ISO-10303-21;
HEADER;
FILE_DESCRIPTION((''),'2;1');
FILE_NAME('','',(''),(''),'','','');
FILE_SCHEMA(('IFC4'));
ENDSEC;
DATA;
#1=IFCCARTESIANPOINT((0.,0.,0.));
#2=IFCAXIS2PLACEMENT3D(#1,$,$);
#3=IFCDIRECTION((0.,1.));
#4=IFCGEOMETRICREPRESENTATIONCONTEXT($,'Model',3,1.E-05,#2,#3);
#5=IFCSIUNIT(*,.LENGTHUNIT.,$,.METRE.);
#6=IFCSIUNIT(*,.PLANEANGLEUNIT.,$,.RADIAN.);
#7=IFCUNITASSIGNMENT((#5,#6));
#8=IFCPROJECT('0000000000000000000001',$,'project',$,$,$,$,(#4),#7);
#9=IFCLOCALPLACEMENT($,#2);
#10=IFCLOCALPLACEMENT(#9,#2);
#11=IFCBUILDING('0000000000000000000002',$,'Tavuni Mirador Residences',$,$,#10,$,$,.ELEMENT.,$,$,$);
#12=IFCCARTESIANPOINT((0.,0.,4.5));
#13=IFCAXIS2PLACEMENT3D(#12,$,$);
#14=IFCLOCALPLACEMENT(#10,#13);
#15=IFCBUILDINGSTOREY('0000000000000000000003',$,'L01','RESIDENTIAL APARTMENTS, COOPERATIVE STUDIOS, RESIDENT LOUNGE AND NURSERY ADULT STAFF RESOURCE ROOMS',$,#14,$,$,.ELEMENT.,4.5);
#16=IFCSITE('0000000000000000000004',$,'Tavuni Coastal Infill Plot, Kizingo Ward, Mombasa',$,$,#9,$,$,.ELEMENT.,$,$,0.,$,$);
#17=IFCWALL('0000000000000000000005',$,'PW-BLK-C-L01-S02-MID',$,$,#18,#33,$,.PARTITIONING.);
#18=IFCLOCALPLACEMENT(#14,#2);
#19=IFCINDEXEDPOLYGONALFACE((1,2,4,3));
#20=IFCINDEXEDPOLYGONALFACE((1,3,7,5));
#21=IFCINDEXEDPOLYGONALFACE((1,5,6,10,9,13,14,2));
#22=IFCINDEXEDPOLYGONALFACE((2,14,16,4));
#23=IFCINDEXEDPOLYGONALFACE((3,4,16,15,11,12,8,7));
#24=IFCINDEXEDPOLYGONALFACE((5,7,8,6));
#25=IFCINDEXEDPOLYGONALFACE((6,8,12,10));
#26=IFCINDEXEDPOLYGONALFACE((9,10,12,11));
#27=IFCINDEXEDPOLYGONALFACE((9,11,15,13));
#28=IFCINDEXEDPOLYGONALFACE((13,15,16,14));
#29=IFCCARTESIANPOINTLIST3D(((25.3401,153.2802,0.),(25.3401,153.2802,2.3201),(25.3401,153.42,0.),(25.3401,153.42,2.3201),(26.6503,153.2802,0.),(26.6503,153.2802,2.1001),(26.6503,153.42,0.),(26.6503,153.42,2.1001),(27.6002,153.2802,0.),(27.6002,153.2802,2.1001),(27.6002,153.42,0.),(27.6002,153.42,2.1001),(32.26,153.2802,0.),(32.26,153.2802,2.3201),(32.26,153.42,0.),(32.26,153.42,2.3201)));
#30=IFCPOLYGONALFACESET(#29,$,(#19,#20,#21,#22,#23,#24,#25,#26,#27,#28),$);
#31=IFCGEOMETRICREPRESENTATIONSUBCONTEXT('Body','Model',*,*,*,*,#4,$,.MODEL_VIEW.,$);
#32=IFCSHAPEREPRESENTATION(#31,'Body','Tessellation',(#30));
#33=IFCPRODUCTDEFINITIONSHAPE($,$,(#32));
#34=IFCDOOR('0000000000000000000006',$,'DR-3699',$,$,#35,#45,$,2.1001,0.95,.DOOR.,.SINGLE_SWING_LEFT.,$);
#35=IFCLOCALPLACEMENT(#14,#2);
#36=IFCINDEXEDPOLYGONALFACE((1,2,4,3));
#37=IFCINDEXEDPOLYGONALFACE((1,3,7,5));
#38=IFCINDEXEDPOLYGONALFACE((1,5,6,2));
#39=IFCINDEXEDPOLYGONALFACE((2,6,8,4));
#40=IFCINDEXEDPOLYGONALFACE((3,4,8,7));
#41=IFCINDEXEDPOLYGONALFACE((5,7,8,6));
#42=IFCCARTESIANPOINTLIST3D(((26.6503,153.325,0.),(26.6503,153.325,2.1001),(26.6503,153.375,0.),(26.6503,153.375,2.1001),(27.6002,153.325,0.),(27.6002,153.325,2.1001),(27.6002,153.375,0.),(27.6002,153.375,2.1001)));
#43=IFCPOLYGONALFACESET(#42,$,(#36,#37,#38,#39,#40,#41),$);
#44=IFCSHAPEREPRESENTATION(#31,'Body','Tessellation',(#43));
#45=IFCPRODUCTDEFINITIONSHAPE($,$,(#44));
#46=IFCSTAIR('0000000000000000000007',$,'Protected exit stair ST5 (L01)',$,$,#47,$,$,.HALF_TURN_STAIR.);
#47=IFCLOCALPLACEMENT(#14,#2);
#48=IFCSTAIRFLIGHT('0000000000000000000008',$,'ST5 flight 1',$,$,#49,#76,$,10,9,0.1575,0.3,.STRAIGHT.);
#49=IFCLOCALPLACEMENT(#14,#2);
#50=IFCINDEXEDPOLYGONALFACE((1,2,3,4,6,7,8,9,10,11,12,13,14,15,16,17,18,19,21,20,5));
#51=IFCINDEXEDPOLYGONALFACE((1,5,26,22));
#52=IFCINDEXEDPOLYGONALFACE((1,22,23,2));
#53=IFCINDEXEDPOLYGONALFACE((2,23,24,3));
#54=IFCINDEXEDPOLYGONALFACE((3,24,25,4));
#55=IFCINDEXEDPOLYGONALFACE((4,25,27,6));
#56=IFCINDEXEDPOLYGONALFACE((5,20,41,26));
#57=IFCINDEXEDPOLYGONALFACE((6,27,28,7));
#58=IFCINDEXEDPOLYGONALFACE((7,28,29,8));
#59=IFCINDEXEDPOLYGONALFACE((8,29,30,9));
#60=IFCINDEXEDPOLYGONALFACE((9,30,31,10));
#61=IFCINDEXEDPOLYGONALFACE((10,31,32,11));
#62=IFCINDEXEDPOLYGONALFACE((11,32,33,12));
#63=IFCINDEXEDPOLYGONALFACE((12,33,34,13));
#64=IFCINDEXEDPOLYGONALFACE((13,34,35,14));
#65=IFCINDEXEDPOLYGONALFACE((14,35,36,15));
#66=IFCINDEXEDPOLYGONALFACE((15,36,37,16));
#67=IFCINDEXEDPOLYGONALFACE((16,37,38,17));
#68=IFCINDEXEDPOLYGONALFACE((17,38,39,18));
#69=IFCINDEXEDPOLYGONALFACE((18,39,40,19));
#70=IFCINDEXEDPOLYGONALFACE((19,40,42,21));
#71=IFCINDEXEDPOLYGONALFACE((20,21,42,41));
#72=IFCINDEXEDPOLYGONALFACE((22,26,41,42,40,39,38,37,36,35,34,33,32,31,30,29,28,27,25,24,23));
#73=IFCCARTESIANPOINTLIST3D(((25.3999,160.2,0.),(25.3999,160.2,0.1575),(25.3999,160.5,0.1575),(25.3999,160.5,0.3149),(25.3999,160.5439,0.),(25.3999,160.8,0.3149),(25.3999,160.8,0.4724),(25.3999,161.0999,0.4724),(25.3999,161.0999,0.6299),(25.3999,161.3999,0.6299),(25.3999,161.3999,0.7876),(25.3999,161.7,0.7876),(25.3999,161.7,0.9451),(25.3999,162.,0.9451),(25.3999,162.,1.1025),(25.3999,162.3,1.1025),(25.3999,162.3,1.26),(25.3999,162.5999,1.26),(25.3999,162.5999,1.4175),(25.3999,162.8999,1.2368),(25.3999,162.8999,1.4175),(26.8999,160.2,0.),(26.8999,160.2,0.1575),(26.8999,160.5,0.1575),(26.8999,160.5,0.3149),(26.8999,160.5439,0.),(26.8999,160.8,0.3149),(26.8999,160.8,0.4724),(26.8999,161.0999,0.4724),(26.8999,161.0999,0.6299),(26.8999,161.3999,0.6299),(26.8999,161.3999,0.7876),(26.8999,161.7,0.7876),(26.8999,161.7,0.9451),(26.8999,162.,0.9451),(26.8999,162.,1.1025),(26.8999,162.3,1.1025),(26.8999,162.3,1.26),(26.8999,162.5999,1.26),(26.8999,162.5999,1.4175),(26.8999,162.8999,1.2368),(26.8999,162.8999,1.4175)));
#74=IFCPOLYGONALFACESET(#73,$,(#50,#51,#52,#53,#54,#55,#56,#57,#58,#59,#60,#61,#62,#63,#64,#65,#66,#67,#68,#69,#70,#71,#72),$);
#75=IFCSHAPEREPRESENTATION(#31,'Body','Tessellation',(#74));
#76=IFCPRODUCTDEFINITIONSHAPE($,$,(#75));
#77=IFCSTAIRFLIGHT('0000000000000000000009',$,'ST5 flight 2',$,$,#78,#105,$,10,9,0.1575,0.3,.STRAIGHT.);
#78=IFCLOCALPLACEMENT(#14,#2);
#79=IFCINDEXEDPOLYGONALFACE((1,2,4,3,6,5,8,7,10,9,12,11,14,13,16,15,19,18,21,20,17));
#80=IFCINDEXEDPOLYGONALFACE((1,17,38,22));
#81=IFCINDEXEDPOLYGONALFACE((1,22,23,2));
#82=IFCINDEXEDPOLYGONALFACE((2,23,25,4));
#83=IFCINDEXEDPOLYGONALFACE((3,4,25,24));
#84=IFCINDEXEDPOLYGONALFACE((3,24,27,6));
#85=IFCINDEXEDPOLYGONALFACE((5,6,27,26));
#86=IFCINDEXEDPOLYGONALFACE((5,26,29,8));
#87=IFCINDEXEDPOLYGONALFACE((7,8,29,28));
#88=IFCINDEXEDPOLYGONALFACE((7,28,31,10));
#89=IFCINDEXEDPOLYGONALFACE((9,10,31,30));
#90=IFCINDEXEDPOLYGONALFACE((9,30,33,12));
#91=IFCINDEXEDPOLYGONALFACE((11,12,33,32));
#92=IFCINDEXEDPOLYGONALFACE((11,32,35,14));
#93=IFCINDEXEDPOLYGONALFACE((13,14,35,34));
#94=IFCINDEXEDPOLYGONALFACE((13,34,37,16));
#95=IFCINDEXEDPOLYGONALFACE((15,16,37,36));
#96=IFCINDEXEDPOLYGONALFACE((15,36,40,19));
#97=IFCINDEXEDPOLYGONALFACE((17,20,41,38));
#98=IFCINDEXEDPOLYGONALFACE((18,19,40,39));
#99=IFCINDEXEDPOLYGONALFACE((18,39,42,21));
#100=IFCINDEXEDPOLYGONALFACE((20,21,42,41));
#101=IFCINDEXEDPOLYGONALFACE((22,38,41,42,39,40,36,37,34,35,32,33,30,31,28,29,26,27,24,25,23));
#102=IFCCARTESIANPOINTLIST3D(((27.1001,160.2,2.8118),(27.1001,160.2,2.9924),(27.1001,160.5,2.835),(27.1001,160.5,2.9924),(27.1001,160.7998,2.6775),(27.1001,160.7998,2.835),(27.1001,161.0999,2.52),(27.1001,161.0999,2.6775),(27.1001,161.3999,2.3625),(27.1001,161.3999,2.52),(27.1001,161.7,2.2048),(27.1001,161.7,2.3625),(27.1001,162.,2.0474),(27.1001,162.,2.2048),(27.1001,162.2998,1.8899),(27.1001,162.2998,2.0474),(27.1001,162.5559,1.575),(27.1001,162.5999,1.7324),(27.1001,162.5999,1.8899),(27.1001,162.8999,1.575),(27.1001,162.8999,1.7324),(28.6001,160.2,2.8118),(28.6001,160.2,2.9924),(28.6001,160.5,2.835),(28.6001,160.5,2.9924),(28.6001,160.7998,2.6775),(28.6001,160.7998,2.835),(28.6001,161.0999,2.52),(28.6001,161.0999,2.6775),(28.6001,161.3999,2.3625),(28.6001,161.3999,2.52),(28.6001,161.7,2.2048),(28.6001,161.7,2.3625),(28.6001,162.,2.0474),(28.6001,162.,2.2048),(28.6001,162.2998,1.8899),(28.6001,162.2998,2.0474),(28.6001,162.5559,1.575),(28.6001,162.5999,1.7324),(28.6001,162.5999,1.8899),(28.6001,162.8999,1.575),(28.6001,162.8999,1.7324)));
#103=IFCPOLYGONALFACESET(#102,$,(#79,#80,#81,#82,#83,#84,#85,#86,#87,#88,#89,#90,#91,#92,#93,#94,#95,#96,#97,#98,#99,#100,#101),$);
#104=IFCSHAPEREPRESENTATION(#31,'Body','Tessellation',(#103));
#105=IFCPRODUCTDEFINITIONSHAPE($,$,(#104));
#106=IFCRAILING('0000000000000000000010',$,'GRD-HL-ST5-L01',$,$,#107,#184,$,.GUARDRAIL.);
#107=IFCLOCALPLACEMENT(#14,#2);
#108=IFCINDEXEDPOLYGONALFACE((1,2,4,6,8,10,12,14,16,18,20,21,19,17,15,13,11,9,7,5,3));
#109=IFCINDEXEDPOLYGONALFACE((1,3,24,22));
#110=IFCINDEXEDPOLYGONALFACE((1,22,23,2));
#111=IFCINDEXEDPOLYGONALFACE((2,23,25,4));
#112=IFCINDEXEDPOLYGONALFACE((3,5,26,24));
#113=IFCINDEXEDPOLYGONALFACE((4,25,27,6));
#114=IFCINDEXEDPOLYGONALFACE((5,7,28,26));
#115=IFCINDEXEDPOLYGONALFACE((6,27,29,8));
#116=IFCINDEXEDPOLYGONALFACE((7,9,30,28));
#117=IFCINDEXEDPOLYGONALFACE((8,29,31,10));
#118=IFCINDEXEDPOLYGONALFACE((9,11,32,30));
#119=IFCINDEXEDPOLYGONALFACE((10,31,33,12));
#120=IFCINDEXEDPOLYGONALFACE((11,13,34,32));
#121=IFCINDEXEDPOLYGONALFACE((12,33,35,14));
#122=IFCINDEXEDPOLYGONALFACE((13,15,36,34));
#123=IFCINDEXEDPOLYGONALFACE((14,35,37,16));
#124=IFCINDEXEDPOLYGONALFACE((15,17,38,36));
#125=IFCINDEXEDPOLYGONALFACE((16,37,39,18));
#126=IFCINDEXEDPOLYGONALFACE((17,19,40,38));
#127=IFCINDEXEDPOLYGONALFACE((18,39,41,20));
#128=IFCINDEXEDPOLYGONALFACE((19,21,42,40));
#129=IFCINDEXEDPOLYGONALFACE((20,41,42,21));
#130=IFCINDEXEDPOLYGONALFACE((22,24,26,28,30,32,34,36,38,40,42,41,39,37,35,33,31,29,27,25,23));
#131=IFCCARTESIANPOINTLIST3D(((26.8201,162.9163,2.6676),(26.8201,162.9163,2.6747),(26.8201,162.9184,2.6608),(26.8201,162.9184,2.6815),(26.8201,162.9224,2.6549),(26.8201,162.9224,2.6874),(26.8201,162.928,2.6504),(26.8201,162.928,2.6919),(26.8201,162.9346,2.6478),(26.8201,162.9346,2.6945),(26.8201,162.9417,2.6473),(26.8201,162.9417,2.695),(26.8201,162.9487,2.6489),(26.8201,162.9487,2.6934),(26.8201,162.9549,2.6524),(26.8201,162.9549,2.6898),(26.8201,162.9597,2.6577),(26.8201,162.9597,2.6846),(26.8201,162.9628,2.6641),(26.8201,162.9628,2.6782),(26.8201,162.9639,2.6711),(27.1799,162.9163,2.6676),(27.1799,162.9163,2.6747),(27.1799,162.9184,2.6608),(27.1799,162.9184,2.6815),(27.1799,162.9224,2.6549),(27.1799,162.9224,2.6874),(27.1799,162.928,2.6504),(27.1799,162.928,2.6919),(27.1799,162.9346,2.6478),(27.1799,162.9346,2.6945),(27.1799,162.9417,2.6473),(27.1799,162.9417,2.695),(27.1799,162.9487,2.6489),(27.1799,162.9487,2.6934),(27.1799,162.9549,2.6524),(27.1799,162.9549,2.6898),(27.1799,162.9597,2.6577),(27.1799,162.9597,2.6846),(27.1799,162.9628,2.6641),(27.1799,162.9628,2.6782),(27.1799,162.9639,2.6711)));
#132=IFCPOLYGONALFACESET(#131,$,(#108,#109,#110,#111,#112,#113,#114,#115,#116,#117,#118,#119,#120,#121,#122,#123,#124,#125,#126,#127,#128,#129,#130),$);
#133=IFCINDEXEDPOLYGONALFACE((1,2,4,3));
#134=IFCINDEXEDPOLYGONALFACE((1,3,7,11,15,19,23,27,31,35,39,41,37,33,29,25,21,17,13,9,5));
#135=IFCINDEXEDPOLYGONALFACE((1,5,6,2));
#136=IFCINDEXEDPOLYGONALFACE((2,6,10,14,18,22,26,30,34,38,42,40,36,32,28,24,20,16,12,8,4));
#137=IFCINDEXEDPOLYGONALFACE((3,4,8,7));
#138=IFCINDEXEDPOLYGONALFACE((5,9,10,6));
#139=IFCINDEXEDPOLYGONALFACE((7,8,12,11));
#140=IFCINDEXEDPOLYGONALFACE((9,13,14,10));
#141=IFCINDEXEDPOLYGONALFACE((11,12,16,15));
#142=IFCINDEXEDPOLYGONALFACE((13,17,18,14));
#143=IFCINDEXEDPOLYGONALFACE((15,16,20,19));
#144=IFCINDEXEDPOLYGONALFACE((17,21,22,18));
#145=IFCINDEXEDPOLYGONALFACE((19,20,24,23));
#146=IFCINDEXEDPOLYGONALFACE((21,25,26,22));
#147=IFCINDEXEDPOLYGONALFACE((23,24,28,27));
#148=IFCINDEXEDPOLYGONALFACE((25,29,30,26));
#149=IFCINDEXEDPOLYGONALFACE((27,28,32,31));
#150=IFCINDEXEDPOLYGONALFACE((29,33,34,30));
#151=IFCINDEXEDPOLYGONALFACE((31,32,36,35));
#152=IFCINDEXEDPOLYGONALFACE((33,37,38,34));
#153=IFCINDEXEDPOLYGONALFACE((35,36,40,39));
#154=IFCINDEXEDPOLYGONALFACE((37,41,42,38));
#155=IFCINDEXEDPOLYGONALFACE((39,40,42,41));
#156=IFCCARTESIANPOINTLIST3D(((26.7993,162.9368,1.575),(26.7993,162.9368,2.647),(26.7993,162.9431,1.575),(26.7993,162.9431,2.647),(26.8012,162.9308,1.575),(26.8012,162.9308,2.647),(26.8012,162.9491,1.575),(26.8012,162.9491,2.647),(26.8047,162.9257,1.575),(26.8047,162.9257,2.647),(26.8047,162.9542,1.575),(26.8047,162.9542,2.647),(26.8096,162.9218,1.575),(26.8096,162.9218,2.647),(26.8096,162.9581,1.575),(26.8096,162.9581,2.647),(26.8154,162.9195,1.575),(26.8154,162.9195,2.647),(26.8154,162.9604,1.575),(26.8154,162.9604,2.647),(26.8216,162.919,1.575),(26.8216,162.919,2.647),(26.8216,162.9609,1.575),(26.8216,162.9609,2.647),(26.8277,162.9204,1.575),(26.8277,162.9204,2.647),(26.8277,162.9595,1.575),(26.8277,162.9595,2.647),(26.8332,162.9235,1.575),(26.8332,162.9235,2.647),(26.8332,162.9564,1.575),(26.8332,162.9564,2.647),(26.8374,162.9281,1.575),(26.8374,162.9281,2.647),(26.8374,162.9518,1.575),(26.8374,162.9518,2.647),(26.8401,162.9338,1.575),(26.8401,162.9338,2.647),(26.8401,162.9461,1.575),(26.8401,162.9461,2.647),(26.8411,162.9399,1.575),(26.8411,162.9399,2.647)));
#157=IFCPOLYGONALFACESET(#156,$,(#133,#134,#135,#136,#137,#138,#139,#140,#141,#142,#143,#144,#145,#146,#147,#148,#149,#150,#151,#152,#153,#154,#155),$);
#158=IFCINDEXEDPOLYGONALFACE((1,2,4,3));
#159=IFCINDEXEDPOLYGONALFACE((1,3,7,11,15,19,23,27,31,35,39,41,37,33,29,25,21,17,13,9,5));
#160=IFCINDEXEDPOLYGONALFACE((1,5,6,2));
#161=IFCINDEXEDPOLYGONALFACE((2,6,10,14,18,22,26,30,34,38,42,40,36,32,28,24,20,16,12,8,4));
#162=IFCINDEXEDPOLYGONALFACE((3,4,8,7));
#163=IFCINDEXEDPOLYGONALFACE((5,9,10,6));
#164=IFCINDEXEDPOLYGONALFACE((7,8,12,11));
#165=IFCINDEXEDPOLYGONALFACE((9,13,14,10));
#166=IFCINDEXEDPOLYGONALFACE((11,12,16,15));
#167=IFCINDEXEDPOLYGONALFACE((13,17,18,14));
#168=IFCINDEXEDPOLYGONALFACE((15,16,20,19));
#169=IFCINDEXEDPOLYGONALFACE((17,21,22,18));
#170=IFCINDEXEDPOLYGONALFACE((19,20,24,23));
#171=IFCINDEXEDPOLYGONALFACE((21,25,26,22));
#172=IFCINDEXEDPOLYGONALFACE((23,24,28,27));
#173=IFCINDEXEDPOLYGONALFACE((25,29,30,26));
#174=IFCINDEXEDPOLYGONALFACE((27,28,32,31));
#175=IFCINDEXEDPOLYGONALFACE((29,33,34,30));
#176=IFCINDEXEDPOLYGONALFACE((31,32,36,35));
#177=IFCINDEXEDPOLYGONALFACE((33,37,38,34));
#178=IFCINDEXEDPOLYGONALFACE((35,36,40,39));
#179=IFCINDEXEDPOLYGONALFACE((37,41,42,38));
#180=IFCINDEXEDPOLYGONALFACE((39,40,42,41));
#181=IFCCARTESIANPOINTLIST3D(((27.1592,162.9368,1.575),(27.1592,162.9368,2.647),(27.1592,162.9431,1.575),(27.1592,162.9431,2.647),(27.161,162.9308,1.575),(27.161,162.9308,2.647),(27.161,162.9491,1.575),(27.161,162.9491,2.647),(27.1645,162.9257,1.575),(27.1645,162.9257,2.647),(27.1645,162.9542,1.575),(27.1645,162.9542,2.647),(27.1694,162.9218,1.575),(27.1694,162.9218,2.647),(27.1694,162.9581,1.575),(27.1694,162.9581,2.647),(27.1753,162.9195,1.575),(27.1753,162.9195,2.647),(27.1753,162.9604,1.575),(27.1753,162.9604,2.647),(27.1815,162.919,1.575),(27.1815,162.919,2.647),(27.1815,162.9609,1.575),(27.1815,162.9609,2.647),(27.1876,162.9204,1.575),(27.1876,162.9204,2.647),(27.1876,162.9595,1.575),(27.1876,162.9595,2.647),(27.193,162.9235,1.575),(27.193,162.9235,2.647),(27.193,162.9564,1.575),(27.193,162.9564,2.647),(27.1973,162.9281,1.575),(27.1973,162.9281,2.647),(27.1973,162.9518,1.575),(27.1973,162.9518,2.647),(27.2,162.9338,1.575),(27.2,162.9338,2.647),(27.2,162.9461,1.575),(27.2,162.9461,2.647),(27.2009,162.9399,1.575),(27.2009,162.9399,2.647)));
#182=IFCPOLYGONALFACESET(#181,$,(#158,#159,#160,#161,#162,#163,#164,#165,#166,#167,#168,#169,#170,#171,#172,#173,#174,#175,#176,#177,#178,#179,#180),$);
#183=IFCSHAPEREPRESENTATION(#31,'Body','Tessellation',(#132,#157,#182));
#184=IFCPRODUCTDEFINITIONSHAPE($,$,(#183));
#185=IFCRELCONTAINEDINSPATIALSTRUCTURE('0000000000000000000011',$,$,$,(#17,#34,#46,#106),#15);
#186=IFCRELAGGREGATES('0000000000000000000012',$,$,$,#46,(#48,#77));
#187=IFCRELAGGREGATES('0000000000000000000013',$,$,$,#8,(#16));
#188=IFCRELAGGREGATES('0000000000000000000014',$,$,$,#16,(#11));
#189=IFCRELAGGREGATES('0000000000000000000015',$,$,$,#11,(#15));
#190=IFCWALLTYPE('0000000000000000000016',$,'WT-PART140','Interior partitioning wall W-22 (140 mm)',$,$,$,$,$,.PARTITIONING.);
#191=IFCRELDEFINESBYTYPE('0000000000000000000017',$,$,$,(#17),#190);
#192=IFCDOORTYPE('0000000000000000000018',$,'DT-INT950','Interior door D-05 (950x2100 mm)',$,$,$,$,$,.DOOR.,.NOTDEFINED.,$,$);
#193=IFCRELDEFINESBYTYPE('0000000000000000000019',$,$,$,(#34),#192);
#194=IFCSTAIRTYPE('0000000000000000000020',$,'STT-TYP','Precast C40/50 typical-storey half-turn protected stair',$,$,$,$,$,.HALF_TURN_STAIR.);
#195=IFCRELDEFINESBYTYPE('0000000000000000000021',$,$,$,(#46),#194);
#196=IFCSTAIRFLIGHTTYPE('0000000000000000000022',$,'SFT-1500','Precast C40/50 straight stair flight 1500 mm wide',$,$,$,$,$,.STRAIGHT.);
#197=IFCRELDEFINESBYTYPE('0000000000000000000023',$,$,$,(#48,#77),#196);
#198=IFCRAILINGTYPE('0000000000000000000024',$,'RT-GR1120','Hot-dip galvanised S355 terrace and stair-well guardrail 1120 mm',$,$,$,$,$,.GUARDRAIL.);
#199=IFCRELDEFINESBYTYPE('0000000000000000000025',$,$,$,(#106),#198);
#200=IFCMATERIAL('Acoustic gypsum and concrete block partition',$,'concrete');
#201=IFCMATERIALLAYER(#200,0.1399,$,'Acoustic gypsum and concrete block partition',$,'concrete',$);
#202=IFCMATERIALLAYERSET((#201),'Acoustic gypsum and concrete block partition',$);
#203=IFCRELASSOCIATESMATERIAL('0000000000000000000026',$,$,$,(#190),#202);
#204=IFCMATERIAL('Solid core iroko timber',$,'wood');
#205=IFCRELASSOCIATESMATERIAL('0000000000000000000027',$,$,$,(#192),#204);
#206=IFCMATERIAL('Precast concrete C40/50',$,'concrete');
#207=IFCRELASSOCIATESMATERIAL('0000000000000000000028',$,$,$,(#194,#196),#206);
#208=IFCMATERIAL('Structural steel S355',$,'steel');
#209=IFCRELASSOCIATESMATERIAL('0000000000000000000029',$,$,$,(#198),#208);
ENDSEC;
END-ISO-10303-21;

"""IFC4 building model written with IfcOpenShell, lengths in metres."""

from ifc_helpers import new_model, si_unit, direction, frame, frame_2d, origin, origin_2d, place, context, subcontext, project, spatial, polyline, rectangle, circle, outline, extrude, material, layer, layer_set, type_object, element, fill, aggregate, save


model = new_model("IFC4")

# Units and contexts
model_context = context("Model", 3, precision=1e-05, world=origin(), true_north=direction((0.0, 1.0)))
body_context = subcontext(model_context, "Body", "Model", "MODEL_VIEW")
ifc_project = project(units=[si_unit("LENGTHUNIT", "METRE"), si_unit("PLANEANGLEUNIT", "RADIAN")], contexts=[model_context])

# Site, building, storey
site_placement = place(None, origin())
site = spatial("IfcSite", under=ifc_project, at=site_placement, Name="Tavuni Coastal Infill Plot, Kizingo Ward, Mombasa", CompositionType="ELEMENT", RefElevation=0.0)
building_placement = place(site_placement, origin())
building = spatial("IfcBuilding", under=site, at=building_placement, Name="Tavuni Mirador Residences", CompositionType="ELEMENT")
storey_placement = place(building_placement, frame((0.0, 0.0, 4.5)))
storey = spatial("IfcBuildingStorey", under=building, at=storey_placement, Name="L01", Description="RESIDENTIAL APARTMENTS, COOPERATIVE STUDIOS, RESIDENT LOUNGE AND NURSERY ADULT STAFF RESOURCE ROOMS", CompositionType="ELEMENT", Elevation=4.5)

# Shared definitions
ifc_material_1 = material(Name="Precast concrete C40/50", Category="concrete")

# Shared definitions
ifc_material_2 = material(Name="Solid core iroko timber", Category="wood")

# Wall, opening, door
ifc_material_3 = material(Name="Acoustic gypsum and concrete block partition", Category="concrete")
ifc_layer_1 = layer(ifc_material_3, 0.1399, Name="Acoustic gypsum and concrete block partition", Category="concrete")
ifc_layer_set_1 = layer_set([ifc_layer_1], Name="Acoustic gypsum and concrete block partition")
wall_type_1 = type_object("IfcWallType", Name="WT-PART140", Description="Interior partitioning wall W-22 (140 mm)", PredefinedType="PARTITIONING", material=ifc_layer_set_1)
wall_1_placement = place(storey_placement, frame((25.3401, 153.3501, 0.0), z_axis=(0.0, 0.0, 1.0), x_axis=(1.0, 0.0, 0.0)))
wall_1 = element("IfcWall", 1, at=wall_1_placement, inside=storey, type_object=wall_type_1, Name="PW-BLK-C-L01-S02-MID", PredefinedType="PARTITIONING", context=body_context, shape_type="SweptSolid", body=[
    extrude(rectangle(XDim=6.9199, YDim=0.1399, at=frame_2d((3.46, 0.0))), origin(), (0.0, 0.0, 1.0), 2.3201),
])
opening_1_placement = place(wall_1_placement, frame((1.3101, 0.0, 0.0)))
opening_1 = element("IfcOpeningElement", 2, at=opening_1_placement, cuts=wall_1, PredefinedType="OPENING", context=body_context, shape_type="SweptSolid", body=[
    extrude(rectangle(XDim=0.95, YDim=2.1001, at=frame_2d((0.4751, 1.05))), frame((0.0, 0.0801, 0.0), z_axis=(0.0, -1.0, 0.0), x_axis=(1.0, 0.0, 0.0)), (0.0, 0.0, 1.0), 0.1599),
])
door_type_1 = type_object("IfcDoorType", Name="DT-INT950", Description="Interior door D-05 (950x2100 mm)", OperationType="NOTDEFINED", PredefinedType="DOOR", material=ifc_material_2)
door_1_placement = place(opening_1_placement, origin())
door_1 = element("IfcDoor", 3, at=door_1_placement, inside=storey, type_object=door_type_1, Name="DR-3699", OperationType="SINGLE_SWING_LEFT", OverallHeight=2.1001, OverallWidth=0.95, PredefinedType="DOOR", context=body_context, shape_type="SweptSolid", body=[
    extrude(rectangle(XDim=0.95, YDim=2.1001, at=frame_2d((0.4751, 1.05))), frame((0.0, 0.0249, 0.0), z_axis=(0.0, -1.0, 0.0), x_axis=(1.0, 0.0, 0.0)), (0.0, 0.0, 1.0), 0.05),
])
fill(opening_1, door_1)

# Stair, stair flights
stair_type = type_object("IfcStairType", Name="STT-TYP", Description="Precast C40/50 typical-storey half-turn protected stair", PredefinedType="HALF_TURN_STAIR", material=ifc_material_1)
stair_placement = place(storey_placement, origin())
stair = element("IfcStair", 4, at=stair_placement, inside=storey, type_object=stair_type, Name="Protected exit stair ST5 (L01)", PredefinedType="HALF_TURN_STAIR")
stair_flight_type = type_object("IfcStairFlightType", Name="SFT-1500", Description="Precast C40/50 straight stair flight 1500 mm wide", PredefinedType="STRAIGHT", material=ifc_material_1)
stair_flight_1_placement = place(storey_placement, frame((26.1499, 160.2, 0.0), z_axis=(0.0, 0.0, 1.0), x_axis=(0.0, 1.0, 0.0)))
stair_flight_1 = element("IfcStairFlight", 5, at=stair_flight_1_placement, type_object=stair_flight_type, Name="ST5 flight 1", NumberOfRisers=10, NumberOfTreads=9, PredefinedType="STRAIGHT", RiserHeight=0.1575, TreadLength=0.3, context=body_context, shape_type="SweptSolid", body=[
    extrude(outline(polyline([(0.0, 0.0), (0.0, 0.1575), (0.3, 0.1575), (0.3, 0.3149), (0.6001, 0.3149), (0.6001, 0.4724), (0.8999, 0.4724), (0.8999, 0.6299), (1.2, 0.6299), (1.2, 0.7876), (1.5, 0.7876), (1.5, 0.9451), (1.8, 0.9451), (1.8, 1.1025), (2.1001, 1.1025), (2.1001, 1.26), (2.3999, 1.26), (2.3999, 1.4175), (2.7, 1.4175), (2.7, 1.575), (2.7, 1.2368), (0.344, 0.0), (0.0, 0.0)])), frame((0.0, 0.75, 0.0), z_axis=(0.0, -1.0, 0.0), x_axis=(1.0, 0.0, 0.0)), (0.0, 0.0, 1.0), 1.5),
])
stair_flight_2_placement = place(storey_placement, frame((27.8501, 162.8999, 1.575), z_axis=(0.0, 0.0, 1.0), x_axis=(0.0, -1.0, 0.0)))
stair_flight_2 = element("IfcStairFlight", 6, at=stair_flight_2_placement, type_object=stair_flight_type, Name="ST5 flight 2", NumberOfRisers=10, NumberOfTreads=9, PredefinedType="STRAIGHT", RiserHeight=0.1575, TreadLength=0.3, context=body_context, shape_type="SweptSolid", body=[
    extrude(outline(polyline([(0.0, 0.0), (0.0, 0.1575), (0.3, 0.1575), (0.3, 0.3149), (0.6001, 0.3149), (0.6001, 0.4724), (0.8999, 0.4724), (0.8999, 0.6299), (1.2, 0.6299), (1.2, 0.7876), (1.5, 0.7876), (1.5, 0.9451), (1.8, 0.9451), (1.8, 1.1025), (2.1001, 1.1025), (2.1001, 1.26), (2.3999, 1.26), (2.3999, 1.4175), (2.7, 1.4175), (2.7, 1.575), (2.7, 1.2368), (0.344, 0.0), (0.0, 0.0)])), frame((0.0, 0.75, 0.0), z_axis=(0.0, -1.0, 0.0), x_axis=(1.0, 0.0, 0.0)), (0.0, 0.0, 1.0), 1.5),
])
aggregate(stair, [stair_flight_1, stair_flight_2])

# Railing
ifc_material_4 = material(Name="Structural steel S355", Category="steel")
railing_type_1 = type_object("IfcRailingType", Name="RT-GR1120", Description="Hot-dip galvanised S355 terrace and stair-well guardrail 1120 mm", PredefinedType="GUARDRAIL", material=ifc_material_4)
railing_1_placement = place(storey_placement, frame((26.8201, 162.9399, 1.575)))
element("IfcRailing", 7, at=railing_1_placement, inside=storey, type_object=railing_type_1, Name="GRD-HL-ST5-L01", PredefinedType="GUARDRAIL", context=body_context, shape_type="SweptSolid", body=[
    extrude(circle(Radius=0.0239, at=origin_2d()), frame((0.0, 0.0, 1.0962), z_axis=(1.0, 0.0, 0.0), x_axis=(0.0, 1.0, 0.0)), (0.0, 0.0, 1.0), 0.3599),
    extrude(circle(Radius=0.021, at=origin_2d()), origin(), (0.0, 0.0, 1.0), 1.072),
    extrude(circle(Radius=0.021, at=origin_2d()), frame((0.3599, 0.0, 0.0)), (0.0, 0.0, 1.0), 1.072),
])

save(model, "model.ifc")
